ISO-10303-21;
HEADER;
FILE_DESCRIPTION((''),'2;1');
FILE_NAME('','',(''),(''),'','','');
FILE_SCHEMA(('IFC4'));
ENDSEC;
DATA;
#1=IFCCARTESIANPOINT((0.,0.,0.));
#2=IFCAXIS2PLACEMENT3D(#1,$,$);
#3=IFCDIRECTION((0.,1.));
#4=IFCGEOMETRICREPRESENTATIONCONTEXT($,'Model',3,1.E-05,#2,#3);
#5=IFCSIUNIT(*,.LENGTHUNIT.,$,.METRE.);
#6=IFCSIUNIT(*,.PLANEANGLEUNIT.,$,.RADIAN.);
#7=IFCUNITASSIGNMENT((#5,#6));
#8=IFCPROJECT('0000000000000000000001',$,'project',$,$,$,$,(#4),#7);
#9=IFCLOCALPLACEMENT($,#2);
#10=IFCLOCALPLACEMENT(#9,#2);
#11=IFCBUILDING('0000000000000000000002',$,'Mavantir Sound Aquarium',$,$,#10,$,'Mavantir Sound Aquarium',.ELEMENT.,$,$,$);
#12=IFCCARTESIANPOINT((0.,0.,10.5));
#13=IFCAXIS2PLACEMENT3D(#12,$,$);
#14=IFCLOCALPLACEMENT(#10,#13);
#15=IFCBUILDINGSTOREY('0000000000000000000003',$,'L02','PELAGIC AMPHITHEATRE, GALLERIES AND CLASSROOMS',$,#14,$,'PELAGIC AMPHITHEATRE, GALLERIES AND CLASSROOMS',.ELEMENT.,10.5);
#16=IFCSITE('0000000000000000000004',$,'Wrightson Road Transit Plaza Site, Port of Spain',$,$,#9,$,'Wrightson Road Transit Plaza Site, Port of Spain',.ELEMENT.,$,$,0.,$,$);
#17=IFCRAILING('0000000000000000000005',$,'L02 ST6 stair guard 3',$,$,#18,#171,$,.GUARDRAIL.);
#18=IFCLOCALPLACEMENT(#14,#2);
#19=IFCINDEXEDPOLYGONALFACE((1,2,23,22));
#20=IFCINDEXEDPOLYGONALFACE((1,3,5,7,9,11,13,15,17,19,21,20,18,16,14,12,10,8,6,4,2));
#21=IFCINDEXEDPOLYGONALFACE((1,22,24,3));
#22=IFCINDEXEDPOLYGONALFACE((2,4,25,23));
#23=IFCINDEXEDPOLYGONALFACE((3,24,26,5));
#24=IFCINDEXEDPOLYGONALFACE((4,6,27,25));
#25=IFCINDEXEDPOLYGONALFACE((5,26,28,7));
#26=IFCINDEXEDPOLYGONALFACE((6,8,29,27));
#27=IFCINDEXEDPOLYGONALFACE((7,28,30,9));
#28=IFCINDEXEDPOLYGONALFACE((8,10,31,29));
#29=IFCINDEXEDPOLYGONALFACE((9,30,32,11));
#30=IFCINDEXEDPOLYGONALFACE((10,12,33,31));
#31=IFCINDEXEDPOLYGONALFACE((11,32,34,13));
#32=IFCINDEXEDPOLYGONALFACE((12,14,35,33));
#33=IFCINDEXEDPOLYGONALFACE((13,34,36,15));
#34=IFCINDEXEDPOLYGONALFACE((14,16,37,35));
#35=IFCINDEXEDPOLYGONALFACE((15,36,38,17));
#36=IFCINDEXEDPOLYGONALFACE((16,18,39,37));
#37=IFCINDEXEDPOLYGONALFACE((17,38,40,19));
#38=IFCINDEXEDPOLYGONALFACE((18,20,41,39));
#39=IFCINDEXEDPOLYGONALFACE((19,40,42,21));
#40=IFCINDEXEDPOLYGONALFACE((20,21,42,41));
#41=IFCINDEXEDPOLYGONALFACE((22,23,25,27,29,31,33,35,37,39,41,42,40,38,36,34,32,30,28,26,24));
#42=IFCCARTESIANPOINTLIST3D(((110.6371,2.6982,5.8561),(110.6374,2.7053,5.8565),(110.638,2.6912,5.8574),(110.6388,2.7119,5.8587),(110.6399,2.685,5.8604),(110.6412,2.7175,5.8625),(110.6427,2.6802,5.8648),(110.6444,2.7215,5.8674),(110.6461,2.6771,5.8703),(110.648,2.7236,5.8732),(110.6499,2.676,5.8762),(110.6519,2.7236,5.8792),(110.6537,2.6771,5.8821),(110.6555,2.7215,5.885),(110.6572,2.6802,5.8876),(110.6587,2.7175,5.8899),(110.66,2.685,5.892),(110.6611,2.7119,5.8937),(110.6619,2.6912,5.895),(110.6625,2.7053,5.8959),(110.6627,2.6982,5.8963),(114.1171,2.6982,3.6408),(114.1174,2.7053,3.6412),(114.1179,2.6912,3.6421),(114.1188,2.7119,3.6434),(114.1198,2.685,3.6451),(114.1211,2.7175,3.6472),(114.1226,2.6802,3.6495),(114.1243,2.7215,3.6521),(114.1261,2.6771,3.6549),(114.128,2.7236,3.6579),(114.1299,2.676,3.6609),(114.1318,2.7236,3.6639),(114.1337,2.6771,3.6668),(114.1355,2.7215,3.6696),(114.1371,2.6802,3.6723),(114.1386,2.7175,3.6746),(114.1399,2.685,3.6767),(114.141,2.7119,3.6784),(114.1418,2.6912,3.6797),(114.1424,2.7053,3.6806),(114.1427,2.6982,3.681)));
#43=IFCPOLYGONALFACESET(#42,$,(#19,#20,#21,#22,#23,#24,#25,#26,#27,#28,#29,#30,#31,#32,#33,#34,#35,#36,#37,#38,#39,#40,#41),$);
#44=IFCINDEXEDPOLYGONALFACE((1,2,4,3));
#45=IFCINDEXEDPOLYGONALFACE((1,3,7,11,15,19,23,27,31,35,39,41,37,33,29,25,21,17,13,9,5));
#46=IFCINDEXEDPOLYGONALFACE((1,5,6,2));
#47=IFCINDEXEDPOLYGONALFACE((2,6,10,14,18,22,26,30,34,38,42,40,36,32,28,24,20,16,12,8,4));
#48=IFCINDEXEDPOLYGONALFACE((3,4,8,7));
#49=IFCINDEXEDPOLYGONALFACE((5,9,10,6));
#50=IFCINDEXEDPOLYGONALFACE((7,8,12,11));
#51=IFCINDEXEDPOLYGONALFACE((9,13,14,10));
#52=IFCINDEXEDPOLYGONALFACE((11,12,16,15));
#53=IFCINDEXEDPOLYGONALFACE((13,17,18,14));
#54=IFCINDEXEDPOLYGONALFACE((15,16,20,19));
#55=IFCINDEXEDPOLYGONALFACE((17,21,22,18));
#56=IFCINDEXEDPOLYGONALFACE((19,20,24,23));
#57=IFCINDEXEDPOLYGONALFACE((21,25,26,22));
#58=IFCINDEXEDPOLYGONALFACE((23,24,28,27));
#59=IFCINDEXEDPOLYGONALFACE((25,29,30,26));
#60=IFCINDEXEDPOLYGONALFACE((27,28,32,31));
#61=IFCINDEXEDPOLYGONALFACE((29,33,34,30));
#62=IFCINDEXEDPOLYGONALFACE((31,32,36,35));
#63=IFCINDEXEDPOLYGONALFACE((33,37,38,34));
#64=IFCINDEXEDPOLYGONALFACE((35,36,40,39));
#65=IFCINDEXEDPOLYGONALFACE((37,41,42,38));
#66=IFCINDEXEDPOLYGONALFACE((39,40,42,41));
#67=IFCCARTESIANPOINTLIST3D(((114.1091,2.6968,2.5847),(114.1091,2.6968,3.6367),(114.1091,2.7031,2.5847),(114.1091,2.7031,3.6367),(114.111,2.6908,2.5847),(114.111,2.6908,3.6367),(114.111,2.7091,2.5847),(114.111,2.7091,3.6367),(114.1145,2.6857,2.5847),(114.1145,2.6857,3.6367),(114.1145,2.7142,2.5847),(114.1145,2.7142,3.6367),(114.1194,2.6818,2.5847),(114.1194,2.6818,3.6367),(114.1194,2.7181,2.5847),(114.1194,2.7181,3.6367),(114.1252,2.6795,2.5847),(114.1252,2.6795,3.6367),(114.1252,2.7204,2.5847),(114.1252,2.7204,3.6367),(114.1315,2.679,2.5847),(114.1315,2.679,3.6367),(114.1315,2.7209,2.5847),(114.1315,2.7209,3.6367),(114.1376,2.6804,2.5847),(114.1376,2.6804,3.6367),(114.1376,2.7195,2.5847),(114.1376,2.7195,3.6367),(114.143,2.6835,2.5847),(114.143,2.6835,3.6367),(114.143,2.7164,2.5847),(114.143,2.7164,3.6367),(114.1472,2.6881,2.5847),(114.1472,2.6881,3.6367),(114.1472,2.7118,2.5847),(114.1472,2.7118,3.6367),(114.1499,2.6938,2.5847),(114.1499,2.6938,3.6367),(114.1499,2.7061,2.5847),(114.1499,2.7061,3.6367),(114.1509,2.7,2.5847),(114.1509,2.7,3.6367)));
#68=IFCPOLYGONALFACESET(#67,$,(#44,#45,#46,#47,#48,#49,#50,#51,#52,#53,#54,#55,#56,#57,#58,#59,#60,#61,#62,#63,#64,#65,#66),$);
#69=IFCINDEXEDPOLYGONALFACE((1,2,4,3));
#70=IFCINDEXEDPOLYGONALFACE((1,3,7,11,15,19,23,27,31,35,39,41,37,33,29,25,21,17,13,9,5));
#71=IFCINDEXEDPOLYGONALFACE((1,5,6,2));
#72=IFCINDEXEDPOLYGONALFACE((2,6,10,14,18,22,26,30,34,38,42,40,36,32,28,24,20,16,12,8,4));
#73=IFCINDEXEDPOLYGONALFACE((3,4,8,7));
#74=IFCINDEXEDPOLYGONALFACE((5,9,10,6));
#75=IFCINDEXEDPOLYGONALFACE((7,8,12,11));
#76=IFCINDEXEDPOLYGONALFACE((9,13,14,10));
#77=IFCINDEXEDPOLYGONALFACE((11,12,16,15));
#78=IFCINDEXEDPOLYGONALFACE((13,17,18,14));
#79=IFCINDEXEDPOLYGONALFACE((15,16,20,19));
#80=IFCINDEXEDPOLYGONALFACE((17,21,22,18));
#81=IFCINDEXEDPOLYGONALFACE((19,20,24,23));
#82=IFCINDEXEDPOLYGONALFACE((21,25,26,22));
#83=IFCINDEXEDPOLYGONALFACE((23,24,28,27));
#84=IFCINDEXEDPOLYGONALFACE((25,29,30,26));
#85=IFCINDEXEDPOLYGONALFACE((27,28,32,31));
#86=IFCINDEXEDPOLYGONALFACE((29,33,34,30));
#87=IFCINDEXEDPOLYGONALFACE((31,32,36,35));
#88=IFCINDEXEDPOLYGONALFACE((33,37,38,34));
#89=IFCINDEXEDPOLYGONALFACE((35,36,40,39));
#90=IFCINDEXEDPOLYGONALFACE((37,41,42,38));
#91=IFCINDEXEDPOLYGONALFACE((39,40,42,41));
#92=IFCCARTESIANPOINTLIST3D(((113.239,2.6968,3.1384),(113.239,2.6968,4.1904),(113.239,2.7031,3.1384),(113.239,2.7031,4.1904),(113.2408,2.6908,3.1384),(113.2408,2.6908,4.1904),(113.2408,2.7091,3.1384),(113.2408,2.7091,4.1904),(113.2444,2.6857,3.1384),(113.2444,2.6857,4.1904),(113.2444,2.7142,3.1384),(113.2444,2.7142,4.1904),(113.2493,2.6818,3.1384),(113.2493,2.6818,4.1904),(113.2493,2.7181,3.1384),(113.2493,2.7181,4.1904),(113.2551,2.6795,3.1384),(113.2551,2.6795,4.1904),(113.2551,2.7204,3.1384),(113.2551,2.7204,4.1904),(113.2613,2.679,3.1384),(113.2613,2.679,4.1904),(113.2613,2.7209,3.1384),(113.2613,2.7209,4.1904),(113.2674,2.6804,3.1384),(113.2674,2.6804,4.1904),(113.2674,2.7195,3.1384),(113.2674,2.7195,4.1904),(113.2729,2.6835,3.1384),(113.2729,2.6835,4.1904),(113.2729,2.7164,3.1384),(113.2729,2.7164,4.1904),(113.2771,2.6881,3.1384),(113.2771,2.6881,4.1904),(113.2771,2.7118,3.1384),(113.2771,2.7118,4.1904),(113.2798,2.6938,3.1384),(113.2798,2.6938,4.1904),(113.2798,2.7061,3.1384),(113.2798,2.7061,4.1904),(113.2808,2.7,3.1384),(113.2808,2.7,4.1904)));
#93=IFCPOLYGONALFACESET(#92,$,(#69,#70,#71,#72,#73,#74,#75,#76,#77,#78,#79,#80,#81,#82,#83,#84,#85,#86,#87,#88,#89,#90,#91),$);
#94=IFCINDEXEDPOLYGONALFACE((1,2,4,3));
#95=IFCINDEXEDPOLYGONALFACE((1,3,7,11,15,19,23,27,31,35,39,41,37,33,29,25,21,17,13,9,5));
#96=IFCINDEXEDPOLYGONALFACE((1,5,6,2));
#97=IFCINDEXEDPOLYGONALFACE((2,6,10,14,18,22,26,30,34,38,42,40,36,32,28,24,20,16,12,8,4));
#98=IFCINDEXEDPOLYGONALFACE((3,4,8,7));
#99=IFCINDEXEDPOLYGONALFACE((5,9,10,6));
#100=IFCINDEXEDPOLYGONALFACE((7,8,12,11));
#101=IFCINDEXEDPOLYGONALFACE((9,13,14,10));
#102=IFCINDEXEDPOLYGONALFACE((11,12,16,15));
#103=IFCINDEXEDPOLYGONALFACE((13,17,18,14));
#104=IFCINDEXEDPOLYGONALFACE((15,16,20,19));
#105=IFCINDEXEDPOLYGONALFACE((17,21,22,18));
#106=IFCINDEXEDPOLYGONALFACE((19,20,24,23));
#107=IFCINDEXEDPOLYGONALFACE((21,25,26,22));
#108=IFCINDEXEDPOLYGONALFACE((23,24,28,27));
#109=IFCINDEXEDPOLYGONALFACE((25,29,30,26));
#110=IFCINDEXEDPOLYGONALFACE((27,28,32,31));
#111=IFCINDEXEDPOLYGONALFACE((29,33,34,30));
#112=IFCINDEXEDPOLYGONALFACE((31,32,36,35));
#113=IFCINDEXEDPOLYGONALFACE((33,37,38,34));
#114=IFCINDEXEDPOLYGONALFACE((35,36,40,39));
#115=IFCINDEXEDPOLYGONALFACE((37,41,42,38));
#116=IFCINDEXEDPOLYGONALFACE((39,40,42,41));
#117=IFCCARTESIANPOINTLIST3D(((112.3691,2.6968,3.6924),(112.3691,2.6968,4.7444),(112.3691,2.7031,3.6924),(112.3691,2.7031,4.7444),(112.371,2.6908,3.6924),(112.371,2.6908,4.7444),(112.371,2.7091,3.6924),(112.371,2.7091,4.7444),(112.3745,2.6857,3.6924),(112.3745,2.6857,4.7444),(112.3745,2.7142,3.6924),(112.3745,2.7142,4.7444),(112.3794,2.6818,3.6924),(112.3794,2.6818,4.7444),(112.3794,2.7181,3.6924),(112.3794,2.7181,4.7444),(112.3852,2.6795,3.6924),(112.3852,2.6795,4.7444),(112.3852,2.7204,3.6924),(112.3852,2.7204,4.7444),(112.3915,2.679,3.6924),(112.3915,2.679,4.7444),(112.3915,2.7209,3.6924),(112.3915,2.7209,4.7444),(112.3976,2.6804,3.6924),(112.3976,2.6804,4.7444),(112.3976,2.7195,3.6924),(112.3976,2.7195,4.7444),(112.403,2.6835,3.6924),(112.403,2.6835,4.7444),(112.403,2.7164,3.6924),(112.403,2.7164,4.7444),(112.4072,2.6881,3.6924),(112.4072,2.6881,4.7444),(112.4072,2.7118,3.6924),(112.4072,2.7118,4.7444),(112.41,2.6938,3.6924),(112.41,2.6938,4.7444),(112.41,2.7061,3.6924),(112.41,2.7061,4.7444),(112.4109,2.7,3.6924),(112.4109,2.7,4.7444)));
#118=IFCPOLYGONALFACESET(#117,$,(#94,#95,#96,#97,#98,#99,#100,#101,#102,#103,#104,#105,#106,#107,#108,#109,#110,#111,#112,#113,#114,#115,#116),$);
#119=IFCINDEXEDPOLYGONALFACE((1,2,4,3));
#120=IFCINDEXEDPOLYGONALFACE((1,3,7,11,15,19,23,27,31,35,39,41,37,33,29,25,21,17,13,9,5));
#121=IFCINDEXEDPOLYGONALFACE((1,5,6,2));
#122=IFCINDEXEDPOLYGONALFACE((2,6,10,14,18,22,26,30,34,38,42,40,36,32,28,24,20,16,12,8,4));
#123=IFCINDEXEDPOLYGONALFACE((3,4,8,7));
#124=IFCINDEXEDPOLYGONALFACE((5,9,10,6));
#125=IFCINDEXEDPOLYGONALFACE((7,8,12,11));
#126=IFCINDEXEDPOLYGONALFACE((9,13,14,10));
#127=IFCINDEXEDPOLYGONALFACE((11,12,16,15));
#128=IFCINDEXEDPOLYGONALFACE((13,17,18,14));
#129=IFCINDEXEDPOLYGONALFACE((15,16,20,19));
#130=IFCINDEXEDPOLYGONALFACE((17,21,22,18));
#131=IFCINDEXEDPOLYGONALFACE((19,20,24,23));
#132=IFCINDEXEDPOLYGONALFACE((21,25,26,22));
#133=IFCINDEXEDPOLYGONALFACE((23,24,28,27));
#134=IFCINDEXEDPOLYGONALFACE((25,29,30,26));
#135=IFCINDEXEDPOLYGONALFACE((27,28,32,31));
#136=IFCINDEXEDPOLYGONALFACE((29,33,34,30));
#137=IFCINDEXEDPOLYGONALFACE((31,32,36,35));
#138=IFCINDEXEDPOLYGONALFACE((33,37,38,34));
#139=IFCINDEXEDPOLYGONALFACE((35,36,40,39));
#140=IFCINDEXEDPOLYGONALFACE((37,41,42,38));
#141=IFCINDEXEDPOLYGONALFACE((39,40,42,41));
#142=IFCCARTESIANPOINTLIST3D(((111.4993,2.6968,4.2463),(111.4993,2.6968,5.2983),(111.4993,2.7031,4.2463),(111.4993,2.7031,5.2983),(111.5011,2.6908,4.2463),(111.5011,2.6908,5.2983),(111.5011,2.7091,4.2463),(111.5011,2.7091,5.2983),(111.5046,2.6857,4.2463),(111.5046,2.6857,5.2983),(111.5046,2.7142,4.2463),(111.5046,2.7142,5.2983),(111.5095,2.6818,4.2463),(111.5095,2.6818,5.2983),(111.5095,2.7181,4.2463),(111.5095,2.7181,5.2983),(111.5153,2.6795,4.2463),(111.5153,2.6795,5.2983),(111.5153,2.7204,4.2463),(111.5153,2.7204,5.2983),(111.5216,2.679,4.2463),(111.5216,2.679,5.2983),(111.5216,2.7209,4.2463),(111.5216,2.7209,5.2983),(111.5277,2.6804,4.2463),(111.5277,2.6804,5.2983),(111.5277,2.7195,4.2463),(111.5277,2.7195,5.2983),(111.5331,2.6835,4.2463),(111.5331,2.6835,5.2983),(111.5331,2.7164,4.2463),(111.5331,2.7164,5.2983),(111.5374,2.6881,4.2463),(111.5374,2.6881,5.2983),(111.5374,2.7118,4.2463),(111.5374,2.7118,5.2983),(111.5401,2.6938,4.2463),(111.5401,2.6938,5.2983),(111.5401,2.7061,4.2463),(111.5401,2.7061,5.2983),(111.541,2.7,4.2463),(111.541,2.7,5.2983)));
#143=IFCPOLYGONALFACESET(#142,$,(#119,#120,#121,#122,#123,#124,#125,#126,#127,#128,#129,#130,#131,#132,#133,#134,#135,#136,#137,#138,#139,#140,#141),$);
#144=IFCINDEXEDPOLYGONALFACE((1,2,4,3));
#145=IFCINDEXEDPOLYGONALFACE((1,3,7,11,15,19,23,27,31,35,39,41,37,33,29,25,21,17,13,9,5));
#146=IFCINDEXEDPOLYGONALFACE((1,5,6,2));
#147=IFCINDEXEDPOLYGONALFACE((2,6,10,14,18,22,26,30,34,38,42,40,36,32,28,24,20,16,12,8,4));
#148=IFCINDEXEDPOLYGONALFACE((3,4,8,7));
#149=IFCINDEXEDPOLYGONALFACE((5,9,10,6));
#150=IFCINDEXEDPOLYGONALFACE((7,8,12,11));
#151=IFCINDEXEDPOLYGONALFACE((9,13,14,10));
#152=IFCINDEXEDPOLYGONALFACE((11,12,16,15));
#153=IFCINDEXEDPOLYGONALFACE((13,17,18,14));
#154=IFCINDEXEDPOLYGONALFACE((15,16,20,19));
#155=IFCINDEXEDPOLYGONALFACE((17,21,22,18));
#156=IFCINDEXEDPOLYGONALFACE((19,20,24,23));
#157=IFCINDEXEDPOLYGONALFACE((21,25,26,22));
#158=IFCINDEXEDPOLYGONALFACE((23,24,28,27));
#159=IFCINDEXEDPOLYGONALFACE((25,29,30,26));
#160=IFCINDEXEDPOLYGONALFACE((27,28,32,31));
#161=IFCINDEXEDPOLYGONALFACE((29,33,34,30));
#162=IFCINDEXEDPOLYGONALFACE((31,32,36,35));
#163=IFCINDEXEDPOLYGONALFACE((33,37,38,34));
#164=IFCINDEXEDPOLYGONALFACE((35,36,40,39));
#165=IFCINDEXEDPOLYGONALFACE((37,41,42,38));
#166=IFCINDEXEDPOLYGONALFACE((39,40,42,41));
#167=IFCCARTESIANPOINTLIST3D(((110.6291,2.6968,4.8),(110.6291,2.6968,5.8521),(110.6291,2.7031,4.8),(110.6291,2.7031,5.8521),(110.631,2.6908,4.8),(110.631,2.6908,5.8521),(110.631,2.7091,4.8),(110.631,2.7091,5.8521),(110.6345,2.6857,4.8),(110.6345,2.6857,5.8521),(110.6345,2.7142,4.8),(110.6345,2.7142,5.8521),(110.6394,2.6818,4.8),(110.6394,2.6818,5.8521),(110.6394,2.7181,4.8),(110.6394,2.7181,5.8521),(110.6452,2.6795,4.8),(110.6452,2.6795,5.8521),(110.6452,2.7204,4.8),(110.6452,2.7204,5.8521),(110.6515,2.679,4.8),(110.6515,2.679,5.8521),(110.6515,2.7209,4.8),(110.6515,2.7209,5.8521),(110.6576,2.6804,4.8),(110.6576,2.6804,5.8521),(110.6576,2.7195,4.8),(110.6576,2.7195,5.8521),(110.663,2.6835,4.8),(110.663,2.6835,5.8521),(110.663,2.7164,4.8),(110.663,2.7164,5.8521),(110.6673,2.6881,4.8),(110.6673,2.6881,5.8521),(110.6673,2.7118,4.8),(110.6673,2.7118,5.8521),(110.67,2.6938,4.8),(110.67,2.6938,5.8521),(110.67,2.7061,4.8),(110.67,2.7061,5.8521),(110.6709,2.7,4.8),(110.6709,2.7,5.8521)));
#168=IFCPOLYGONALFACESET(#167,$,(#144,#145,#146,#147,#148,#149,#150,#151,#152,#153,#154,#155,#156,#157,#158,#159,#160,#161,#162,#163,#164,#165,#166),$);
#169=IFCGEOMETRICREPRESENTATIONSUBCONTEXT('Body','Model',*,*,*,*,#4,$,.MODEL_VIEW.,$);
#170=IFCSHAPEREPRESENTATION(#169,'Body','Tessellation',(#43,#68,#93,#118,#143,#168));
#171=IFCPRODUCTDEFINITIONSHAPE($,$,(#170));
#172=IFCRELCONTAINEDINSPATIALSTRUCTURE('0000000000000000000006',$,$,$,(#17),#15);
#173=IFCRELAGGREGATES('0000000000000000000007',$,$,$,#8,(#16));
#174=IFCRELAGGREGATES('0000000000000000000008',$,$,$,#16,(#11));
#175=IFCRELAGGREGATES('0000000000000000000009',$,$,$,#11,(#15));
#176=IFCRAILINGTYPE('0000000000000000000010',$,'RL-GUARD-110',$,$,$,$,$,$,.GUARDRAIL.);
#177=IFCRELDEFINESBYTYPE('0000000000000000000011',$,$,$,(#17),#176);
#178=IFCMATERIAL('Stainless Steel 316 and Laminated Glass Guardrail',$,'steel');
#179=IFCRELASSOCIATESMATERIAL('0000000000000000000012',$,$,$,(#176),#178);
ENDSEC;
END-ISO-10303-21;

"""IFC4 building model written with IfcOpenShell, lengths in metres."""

from ifc_helpers import new_model, si_unit, direction, frame, origin, origin_2d, place, context, subcontext, project, spatial, circle, extrude, material, type_object, element, save


model = new_model("IFC4")

# Units and contexts
model_context = context("Model", 3, precision=1e-05, world=origin(), true_north=direction((0.0, 1.0)))
body_context = subcontext(model_context, "Body", "Model", "MODEL_VIEW")
ifc_project = project(units=[si_unit("LENGTHUNIT", "METRE"), si_unit("PLANEANGLEUNIT", "RADIAN")], contexts=[model_context])

# Site, building, storey
site_placement = place(None, origin())
site = spatial("IfcSite", under=ifc_project, at=site_placement, Name="Wrightson Road Transit Plaza Site, Port of Spain", LongName="Wrightson Road Transit Plaza Site, Port of Spain", CompositionType="ELEMENT", RefElevation=0.0)
building_placement = place(site_placement, origin())
building = spatial("IfcBuilding", under=site, at=building_placement, Name="Mavantir Sound Aquarium", LongName="Mavantir Sound Aquarium", CompositionType="ELEMENT")
storey_placement = place(building_placement, frame((0.0, 0.0, 10.5)))
storey = spatial("IfcBuildingStorey", under=building, at=storey_placement, Name="L02", Description="PELAGIC AMPHITHEATRE, GALLERIES AND CLASSROOMS", LongName="PELAGIC AMPHITHEATRE, GALLERIES AND CLASSROOMS", CompositionType="ELEMENT", Elevation=10.5)

# Railing
ifc_material_1 = material(Name="Stainless Steel 316 and Laminated Glass Guardrail", Category="steel")
railing_type_1 = type_object("IfcRailingType", Name="RL-GUARD-110", PredefinedType="GUARDRAIL", material=ifc_material_1)
railing_1_placement = place(storey_placement, frame((114.1299, 2.7, 2.5847)))
element("IfcRailing", 1, at=railing_1_placement, inside=storey, type_object=railing_type_1, Name="L02 ST6 stair guard 3", PredefinedType="GUARDRAIL", context=body_context, shape_type="SweptSolid", body=[
    extrude(circle(Radius=0.0239, at=origin_2d()), frame((0.0, 0.0, 1.0762), z_axis=(-0.843574, 0.0, 0.537013), x_axis=(0.0, -1.0, 0.0)), (0.0, 0.0, 1.0), 4.1252),
    extrude(circle(Radius=0.021, at=origin_2d()), origin(), (0.0, 0.0, 1.0), 1.052),
    extrude(circle(Radius=0.021, at=origin_2d()), frame((-0.8701, 0.0, 0.5537)), (0.0, 0.0, 1.0), 1.052),
    extrude(circle(Radius=0.021, at=origin_2d()), frame((-1.74, 0.0, 1.1077)), (0.0, 0.0, 1.0), 1.052),
    extrude(circle(Radius=0.021, at=origin_2d()), frame((-2.6099, 0.0, 1.6616)), (0.0, 0.0, 1.0), 1.052),
    extrude(circle(Radius=0.021, at=origin_2d()), frame((-3.48, 0.0, 2.2153)), (0.0, 0.0, 1.0), 1.052),
])

save(model, "model.ifc")
